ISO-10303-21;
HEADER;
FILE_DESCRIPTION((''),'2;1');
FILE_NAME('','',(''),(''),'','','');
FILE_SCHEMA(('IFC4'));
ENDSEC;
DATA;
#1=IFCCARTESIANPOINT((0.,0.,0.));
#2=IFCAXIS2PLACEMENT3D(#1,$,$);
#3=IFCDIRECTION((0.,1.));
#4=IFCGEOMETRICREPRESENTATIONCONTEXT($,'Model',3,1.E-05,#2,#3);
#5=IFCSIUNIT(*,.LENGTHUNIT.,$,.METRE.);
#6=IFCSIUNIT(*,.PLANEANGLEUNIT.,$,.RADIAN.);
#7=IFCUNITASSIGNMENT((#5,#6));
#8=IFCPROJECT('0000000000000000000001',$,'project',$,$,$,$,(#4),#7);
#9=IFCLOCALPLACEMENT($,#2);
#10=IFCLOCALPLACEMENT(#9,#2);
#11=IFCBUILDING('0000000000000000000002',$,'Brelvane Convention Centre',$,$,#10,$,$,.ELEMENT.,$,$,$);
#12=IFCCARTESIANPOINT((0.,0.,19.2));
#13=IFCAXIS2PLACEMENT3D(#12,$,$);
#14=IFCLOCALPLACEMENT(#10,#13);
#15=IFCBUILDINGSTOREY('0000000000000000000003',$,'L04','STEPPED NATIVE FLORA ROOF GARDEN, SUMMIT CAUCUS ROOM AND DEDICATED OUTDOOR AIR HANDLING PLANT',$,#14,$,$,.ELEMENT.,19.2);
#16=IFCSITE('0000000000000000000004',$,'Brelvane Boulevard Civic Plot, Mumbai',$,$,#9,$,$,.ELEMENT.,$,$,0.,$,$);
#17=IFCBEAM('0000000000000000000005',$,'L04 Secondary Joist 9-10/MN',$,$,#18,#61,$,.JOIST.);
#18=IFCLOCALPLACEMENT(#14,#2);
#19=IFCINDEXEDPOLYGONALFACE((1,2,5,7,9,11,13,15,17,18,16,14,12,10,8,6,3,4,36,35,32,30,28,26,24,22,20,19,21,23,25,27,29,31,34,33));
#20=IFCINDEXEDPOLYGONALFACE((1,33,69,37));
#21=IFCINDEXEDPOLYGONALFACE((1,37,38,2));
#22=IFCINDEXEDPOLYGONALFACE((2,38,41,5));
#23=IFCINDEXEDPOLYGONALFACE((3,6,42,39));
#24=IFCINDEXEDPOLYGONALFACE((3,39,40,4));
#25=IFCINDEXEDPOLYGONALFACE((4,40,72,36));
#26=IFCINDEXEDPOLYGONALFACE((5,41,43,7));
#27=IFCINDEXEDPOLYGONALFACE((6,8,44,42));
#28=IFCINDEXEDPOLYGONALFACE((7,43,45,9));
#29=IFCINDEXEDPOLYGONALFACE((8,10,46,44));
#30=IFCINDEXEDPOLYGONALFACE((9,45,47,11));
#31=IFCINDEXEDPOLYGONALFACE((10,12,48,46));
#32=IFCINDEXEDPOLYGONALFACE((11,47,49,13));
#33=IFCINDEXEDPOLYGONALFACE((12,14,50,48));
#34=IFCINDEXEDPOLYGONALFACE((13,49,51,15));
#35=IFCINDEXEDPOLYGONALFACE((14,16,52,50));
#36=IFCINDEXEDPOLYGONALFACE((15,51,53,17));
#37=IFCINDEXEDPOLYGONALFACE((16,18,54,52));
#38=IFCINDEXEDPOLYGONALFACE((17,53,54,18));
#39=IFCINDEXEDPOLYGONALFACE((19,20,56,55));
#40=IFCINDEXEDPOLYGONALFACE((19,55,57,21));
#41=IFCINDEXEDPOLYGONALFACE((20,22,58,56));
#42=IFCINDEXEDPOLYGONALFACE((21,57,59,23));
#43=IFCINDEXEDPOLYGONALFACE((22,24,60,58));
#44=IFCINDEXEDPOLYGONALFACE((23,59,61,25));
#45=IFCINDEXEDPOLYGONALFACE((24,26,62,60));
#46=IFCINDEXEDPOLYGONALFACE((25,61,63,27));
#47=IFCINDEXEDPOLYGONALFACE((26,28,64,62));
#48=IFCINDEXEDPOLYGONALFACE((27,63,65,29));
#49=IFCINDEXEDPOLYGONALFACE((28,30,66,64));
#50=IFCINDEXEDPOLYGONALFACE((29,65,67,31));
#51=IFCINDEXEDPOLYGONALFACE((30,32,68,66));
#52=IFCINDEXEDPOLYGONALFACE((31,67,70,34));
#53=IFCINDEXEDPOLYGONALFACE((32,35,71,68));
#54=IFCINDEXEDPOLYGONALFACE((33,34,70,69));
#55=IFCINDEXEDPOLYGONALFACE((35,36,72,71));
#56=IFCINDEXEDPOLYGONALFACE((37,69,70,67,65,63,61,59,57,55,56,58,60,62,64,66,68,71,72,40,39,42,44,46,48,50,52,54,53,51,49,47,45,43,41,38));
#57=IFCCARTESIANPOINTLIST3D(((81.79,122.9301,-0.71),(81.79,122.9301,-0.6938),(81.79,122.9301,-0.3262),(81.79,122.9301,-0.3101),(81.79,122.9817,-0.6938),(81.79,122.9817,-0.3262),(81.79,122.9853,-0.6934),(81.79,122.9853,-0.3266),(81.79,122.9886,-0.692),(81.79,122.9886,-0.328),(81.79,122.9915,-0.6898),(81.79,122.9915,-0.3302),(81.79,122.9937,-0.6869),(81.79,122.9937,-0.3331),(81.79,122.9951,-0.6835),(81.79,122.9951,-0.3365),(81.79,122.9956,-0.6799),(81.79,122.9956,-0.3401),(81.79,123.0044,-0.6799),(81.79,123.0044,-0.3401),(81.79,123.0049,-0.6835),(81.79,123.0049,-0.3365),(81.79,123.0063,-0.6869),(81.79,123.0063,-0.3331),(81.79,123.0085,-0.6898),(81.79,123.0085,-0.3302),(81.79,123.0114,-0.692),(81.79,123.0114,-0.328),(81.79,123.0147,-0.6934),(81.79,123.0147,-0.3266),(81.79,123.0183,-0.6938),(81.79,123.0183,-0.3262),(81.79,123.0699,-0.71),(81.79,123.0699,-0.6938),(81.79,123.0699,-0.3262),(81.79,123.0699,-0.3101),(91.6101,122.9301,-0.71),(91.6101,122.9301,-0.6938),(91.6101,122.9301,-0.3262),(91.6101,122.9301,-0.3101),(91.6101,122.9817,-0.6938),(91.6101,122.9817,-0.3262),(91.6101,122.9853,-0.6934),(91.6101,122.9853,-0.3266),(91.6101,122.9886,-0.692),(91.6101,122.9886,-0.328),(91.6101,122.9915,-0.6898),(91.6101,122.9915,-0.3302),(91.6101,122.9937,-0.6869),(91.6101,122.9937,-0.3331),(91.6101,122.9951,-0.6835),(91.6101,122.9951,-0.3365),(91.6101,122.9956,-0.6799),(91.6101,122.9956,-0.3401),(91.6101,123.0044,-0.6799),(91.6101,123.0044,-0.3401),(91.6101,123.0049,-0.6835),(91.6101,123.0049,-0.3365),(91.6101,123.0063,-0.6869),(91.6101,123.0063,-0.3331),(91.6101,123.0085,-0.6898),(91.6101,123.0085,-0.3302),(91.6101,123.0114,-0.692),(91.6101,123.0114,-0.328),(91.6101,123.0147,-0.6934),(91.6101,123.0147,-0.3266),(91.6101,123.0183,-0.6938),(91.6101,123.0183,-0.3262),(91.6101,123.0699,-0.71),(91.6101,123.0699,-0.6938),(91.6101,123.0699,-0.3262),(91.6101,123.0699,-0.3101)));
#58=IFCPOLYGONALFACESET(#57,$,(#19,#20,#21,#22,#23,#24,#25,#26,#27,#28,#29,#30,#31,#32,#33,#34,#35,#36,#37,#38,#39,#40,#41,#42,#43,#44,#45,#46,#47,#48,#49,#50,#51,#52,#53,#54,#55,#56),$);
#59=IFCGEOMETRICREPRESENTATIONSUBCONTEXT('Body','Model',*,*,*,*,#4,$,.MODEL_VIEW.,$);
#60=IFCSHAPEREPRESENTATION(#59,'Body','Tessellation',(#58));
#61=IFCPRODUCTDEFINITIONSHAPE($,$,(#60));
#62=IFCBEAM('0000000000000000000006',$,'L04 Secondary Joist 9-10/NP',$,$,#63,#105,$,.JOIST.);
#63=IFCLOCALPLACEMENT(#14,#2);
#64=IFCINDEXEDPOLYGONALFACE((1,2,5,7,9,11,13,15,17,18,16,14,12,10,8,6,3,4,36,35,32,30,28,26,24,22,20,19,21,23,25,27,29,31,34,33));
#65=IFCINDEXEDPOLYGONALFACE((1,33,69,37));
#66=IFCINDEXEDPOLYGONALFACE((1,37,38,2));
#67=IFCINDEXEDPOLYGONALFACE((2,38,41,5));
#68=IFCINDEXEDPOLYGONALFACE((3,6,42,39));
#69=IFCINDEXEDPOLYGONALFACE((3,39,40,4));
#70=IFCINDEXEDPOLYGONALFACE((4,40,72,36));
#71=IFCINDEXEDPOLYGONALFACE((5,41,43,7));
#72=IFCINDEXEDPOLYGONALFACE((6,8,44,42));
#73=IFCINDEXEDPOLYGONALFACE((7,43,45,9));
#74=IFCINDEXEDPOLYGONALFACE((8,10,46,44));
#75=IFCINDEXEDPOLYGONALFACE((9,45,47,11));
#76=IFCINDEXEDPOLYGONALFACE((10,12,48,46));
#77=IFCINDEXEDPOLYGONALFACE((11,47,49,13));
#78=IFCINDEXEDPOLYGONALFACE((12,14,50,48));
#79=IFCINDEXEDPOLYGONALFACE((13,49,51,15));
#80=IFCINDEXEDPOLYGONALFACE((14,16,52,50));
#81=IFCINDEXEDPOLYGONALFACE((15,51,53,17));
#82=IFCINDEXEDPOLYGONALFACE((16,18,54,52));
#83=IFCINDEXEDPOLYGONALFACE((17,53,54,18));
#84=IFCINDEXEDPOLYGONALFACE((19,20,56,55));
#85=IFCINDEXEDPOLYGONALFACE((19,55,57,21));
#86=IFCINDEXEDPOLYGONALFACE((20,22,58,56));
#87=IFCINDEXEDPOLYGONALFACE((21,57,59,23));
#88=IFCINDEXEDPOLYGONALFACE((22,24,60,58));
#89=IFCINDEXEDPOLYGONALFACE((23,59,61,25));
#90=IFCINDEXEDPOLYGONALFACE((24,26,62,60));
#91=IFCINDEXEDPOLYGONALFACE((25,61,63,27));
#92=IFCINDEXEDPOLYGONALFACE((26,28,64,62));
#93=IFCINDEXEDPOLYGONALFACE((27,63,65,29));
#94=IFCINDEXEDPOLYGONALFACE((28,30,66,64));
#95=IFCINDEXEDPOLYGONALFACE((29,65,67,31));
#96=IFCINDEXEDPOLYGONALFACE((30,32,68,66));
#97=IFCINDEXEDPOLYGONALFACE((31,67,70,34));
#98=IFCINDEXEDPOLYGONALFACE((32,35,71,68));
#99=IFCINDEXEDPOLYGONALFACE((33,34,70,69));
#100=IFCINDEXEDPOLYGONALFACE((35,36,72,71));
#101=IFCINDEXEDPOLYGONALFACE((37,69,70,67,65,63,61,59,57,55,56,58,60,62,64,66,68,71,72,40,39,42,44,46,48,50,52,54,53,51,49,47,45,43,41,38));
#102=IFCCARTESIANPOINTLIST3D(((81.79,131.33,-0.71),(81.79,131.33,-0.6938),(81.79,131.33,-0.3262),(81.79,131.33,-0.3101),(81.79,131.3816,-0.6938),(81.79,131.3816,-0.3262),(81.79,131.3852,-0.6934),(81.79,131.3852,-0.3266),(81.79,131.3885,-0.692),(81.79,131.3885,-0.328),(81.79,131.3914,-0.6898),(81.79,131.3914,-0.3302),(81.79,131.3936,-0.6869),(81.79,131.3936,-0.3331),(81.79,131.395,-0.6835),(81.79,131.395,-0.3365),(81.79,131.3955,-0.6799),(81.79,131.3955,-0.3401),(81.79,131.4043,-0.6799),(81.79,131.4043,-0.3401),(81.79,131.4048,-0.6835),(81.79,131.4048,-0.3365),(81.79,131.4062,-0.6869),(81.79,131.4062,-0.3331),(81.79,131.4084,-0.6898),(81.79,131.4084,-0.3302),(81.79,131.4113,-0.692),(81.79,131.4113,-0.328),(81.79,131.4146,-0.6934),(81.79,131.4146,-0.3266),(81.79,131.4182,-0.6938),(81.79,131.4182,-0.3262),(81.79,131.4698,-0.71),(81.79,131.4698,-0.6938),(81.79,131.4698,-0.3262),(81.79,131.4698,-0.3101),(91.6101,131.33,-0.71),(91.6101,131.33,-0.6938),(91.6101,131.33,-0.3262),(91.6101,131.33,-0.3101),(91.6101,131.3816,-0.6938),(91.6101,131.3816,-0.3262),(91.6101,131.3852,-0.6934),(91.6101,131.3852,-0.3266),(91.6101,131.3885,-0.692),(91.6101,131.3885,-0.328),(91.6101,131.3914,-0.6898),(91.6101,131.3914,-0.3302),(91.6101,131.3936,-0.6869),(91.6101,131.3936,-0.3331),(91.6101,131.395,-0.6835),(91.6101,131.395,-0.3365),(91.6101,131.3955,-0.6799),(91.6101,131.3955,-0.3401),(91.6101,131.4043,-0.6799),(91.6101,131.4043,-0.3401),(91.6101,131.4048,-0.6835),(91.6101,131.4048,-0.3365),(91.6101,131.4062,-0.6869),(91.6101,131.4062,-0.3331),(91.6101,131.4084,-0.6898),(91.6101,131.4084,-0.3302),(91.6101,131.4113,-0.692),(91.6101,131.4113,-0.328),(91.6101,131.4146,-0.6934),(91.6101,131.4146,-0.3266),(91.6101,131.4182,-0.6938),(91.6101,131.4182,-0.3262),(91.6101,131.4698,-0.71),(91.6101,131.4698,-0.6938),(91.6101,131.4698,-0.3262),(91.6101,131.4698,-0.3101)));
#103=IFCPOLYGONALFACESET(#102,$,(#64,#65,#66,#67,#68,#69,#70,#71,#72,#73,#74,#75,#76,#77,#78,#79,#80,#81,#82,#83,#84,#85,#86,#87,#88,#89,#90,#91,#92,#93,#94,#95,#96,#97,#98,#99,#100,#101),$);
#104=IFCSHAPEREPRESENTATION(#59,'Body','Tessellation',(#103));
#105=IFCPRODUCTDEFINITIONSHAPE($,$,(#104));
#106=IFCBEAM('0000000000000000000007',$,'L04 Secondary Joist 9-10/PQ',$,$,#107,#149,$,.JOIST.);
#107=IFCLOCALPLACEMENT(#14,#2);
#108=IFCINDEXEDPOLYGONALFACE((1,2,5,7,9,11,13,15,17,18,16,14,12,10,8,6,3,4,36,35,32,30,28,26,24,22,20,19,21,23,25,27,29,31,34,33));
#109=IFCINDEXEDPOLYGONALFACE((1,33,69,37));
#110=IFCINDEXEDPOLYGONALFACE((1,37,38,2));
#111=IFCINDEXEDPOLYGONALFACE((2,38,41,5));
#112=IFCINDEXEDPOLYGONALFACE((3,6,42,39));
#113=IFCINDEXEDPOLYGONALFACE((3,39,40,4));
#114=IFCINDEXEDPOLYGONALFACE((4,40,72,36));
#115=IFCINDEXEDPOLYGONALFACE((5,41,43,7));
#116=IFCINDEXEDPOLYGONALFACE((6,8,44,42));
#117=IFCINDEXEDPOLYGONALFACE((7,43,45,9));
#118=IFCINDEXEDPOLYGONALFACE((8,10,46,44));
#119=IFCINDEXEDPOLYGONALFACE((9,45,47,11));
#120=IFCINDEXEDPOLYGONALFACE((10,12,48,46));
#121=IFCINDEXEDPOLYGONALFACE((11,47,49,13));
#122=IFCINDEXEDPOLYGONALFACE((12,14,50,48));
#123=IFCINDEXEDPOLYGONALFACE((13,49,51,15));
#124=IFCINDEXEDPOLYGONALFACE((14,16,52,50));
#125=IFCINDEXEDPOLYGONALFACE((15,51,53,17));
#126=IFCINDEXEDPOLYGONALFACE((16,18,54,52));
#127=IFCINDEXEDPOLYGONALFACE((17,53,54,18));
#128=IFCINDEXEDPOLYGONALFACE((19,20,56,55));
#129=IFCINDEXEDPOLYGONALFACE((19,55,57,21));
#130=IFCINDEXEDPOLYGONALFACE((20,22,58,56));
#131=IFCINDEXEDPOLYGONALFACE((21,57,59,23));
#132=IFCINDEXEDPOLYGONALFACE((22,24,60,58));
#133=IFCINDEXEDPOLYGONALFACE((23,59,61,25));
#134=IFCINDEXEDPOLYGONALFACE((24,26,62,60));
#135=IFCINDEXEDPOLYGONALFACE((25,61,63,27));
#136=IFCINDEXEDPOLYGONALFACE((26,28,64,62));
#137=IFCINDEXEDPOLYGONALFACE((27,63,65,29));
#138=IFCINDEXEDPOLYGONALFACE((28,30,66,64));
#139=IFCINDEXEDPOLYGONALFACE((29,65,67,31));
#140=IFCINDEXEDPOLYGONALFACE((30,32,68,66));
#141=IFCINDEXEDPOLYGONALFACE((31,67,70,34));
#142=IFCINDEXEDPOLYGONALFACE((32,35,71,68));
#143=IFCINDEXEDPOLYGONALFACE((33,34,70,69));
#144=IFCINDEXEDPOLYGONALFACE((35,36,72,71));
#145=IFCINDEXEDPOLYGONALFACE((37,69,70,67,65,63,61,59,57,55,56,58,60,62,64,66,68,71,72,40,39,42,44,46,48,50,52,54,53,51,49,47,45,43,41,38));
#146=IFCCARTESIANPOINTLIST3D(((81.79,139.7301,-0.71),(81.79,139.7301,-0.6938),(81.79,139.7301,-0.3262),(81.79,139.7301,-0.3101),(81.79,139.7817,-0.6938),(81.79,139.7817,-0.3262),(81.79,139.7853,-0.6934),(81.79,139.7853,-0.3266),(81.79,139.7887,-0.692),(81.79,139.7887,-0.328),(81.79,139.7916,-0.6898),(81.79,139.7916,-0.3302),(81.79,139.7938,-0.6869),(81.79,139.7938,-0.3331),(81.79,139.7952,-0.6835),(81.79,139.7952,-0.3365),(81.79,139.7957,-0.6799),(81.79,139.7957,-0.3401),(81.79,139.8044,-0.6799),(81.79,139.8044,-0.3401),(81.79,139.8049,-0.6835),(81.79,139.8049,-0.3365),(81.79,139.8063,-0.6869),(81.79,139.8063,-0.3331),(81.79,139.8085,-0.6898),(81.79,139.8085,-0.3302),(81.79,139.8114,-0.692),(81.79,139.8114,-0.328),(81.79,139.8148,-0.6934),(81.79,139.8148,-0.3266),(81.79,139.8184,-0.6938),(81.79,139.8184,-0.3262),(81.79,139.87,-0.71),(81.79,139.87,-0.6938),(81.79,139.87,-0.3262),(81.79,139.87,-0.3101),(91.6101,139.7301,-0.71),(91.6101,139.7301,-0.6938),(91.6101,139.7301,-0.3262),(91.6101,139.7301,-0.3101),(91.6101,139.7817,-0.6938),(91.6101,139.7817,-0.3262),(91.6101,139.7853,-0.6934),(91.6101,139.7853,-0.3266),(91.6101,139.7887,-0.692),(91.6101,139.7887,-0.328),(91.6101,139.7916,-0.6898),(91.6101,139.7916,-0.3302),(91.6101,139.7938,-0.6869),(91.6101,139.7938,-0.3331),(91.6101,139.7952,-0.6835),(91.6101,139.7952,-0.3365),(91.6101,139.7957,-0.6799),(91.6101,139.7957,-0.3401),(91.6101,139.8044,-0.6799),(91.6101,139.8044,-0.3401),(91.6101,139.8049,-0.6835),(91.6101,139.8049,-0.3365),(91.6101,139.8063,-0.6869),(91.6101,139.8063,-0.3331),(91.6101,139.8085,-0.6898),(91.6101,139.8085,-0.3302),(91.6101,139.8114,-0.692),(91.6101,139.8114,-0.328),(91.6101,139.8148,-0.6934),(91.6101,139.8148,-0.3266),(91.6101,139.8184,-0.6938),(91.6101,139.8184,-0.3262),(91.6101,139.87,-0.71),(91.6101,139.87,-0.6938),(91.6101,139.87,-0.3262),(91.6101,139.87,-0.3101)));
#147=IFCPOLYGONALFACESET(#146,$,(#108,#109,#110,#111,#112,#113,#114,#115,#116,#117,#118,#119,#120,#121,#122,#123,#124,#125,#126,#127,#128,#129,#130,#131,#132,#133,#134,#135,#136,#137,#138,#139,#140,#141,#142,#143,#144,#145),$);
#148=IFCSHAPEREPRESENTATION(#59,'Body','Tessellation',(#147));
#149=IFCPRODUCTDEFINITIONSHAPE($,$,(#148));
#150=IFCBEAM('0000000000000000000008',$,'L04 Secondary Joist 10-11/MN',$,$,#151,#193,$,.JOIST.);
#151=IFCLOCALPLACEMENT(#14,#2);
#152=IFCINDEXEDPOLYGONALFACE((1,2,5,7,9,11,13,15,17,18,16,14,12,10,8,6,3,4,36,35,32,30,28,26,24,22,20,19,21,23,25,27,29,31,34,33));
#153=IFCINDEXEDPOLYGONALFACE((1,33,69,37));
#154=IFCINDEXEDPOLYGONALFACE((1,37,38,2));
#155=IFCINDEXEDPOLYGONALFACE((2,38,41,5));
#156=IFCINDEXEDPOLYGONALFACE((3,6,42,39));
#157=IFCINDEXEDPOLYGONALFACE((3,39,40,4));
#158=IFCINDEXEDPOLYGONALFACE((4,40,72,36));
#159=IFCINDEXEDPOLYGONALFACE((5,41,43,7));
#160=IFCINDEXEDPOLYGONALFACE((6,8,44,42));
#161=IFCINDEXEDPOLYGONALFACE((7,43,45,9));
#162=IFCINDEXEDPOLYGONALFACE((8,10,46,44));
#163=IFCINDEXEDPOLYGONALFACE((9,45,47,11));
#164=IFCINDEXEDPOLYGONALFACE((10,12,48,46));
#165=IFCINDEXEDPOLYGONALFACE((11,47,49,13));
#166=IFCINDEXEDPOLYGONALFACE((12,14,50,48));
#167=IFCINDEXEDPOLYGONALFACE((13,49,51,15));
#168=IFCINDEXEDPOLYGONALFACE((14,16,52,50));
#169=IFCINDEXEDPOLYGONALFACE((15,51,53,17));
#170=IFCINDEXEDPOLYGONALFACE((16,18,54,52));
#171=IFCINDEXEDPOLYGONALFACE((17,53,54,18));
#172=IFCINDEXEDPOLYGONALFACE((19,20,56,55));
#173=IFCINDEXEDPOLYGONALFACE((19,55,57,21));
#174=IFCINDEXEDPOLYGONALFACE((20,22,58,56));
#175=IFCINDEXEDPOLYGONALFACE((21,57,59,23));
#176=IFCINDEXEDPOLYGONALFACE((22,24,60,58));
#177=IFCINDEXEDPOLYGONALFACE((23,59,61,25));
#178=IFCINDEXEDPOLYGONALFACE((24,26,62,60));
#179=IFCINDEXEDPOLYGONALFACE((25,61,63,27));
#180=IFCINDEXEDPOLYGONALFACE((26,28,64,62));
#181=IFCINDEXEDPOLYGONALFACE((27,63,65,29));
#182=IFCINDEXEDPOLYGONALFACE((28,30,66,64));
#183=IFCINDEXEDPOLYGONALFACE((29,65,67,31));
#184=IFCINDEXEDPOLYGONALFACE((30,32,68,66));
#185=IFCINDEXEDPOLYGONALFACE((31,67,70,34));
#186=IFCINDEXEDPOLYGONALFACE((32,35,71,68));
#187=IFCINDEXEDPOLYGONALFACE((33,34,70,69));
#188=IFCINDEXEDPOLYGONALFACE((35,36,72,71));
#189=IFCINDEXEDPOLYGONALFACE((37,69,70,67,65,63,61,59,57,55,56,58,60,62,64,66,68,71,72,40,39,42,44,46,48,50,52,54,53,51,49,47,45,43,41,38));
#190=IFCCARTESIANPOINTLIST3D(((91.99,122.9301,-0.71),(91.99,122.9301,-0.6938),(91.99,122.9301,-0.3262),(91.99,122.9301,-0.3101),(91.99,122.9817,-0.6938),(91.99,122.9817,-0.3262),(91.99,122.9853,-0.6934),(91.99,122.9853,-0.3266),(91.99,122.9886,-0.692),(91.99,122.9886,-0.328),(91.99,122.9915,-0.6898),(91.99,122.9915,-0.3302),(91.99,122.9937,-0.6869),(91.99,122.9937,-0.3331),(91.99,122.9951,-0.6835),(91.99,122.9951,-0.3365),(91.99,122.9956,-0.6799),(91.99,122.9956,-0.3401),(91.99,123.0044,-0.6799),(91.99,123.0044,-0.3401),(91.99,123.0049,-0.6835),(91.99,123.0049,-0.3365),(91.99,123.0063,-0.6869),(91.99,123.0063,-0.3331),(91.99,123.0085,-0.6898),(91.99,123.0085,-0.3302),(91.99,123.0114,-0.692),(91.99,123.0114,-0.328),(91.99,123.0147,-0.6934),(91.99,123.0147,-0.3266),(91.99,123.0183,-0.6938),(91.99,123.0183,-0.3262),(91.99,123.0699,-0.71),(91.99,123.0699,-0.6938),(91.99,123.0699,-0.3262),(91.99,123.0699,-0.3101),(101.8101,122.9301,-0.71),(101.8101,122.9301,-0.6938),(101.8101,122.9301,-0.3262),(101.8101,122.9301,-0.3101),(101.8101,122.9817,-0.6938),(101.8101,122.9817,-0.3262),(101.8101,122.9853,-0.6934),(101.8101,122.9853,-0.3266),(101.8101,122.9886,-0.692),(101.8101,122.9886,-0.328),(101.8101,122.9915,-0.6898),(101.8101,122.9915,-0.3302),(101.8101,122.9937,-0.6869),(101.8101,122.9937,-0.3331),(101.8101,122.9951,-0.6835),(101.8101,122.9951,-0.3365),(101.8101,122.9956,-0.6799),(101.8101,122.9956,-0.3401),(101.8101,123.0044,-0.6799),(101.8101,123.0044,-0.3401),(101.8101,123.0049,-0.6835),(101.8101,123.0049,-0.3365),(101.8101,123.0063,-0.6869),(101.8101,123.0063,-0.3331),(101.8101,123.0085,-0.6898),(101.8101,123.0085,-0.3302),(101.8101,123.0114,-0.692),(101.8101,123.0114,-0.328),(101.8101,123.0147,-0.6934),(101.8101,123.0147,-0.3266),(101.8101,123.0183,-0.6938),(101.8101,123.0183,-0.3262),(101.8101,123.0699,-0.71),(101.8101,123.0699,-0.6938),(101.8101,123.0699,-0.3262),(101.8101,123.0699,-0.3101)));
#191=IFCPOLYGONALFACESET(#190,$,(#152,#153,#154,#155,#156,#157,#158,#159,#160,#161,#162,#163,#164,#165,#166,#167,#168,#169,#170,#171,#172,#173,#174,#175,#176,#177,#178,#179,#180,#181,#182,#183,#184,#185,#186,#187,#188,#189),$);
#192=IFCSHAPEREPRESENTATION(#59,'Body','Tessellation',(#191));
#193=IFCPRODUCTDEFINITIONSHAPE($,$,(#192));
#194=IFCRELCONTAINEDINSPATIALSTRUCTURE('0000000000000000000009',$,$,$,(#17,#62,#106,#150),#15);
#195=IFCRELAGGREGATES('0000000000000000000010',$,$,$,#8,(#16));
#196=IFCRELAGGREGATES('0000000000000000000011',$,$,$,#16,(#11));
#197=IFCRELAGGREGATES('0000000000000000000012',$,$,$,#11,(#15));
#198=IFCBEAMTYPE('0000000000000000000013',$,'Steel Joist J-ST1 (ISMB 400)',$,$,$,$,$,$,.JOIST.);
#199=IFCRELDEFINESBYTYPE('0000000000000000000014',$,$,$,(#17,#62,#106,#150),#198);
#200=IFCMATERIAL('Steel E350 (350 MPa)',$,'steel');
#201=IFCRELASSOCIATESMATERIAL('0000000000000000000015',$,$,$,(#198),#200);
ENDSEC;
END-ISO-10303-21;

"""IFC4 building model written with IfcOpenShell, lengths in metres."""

from ifc_helpers import new_model, si_unit, direction, frame, origin, origin_2d, place, context, subcontext, project, spatial, i_section, extrude, material, material_profile, profile_set, type_object, element, save


model = new_model("IFC4")

# Units and contexts
model_context = context("Model", 3, precision=1e-05, world=origin(), true_north=direction((0.0, 1.0)))
body_context = subcontext(model_context, "Body", "Model", "MODEL_VIEW")
ifc_project = project(units=[si_unit("LENGTHUNIT", "METRE"), si_unit("PLANEANGLEUNIT", "RADIAN")], contexts=[model_context])

# Site, building, storey
site_placement = place(None, origin())
site = spatial("IfcSite", under=ifc_project, at=site_placement, Name="Brelvane Boulevard Civic Plot, Mumbai", CompositionType="ELEMENT", RefElevation=0.0)
building_placement = place(site_placement, origin())
building = spatial("IfcBuilding", under=site, at=building_placement, Name="Brelvane Convention Centre", CompositionType="ELEMENT")
storey_placement = place(building_placement, frame((0.0, 0.0, 19.2)))
storey = spatial("IfcBuildingStorey", under=building, at=storey_placement, Name="L04", Description="STEPPED NATIVE FLORA ROOF GARDEN, SUMMIT CAUCUS ROOM AND DEDICATED OUTDOOR AIR HANDLING PLANT", CompositionType="ELEMENT", Elevation=19.2)

# Beams
ifc_material_1 = material(Name="Steel E350 (350 MPa)", Category="steel")
ifc_material_profile_1 = material_profile(ifc_material_1, i_section(OverallWidth=0.1399, OverallDepth=0.3999, WebThickness=0.0088, FlangeThickness=0.0161, FilletRadius=0.0139, at=origin_2d()), Name="ISMB 400")
ifc_profile_set_1 = profile_set([ifc_material_profile_1], Name="Steel E350 (350 MPa)")
beam_type_1 = type_object("IfcBeamType", Name="Steel Joist J-ST1 (ISMB 400)", PredefinedType="JOIST", material=ifc_profile_set_1)
for number, where, z_axis, x_axis, name in (
    (1, (81.79, 123.0, -0.51), (1.0, 0.0, 0.0), (0.0, 1.0, 0.0), "L04 Secondary Joist 9-10/MN"),
    (2, (81.79, 131.3999, -0.51), (1.0, 0.0, 0.0), (0.0, 1.0, 0.0), "L04 Secondary Joist 9-10/NP"),
    (3, (81.79, 139.8, -0.51), (1.0, 0.0, 0.0), (0.0, 1.0, 0.0), "L04 Secondary Joist 9-10/PQ"),
    (4, (91.99, 123.0, -0.51), (1.0, 0.0, 0.0), (0.0, 1.0, 0.0), "L04 Secondary Joist 10-11/MN"),
):
    element("IfcBeam", number, at=place(storey_placement, frame(where, z_axis=z_axis, x_axis=x_axis)), inside=storey, type_object=beam_type_1, Name=name, PredefinedType="JOIST", context=body_context, shape_type="SweptSolid", body=[
        extrude(i_section(OverallWidth=0.1399, OverallDepth=0.3999, WebThickness=0.0088, FlangeThickness=0.0161, FilletRadius=0.0139, at=origin_2d()), origin(), (0.0, 0.0, 1.0), 9.8201),
    ])

save(model, "model.ifc")
